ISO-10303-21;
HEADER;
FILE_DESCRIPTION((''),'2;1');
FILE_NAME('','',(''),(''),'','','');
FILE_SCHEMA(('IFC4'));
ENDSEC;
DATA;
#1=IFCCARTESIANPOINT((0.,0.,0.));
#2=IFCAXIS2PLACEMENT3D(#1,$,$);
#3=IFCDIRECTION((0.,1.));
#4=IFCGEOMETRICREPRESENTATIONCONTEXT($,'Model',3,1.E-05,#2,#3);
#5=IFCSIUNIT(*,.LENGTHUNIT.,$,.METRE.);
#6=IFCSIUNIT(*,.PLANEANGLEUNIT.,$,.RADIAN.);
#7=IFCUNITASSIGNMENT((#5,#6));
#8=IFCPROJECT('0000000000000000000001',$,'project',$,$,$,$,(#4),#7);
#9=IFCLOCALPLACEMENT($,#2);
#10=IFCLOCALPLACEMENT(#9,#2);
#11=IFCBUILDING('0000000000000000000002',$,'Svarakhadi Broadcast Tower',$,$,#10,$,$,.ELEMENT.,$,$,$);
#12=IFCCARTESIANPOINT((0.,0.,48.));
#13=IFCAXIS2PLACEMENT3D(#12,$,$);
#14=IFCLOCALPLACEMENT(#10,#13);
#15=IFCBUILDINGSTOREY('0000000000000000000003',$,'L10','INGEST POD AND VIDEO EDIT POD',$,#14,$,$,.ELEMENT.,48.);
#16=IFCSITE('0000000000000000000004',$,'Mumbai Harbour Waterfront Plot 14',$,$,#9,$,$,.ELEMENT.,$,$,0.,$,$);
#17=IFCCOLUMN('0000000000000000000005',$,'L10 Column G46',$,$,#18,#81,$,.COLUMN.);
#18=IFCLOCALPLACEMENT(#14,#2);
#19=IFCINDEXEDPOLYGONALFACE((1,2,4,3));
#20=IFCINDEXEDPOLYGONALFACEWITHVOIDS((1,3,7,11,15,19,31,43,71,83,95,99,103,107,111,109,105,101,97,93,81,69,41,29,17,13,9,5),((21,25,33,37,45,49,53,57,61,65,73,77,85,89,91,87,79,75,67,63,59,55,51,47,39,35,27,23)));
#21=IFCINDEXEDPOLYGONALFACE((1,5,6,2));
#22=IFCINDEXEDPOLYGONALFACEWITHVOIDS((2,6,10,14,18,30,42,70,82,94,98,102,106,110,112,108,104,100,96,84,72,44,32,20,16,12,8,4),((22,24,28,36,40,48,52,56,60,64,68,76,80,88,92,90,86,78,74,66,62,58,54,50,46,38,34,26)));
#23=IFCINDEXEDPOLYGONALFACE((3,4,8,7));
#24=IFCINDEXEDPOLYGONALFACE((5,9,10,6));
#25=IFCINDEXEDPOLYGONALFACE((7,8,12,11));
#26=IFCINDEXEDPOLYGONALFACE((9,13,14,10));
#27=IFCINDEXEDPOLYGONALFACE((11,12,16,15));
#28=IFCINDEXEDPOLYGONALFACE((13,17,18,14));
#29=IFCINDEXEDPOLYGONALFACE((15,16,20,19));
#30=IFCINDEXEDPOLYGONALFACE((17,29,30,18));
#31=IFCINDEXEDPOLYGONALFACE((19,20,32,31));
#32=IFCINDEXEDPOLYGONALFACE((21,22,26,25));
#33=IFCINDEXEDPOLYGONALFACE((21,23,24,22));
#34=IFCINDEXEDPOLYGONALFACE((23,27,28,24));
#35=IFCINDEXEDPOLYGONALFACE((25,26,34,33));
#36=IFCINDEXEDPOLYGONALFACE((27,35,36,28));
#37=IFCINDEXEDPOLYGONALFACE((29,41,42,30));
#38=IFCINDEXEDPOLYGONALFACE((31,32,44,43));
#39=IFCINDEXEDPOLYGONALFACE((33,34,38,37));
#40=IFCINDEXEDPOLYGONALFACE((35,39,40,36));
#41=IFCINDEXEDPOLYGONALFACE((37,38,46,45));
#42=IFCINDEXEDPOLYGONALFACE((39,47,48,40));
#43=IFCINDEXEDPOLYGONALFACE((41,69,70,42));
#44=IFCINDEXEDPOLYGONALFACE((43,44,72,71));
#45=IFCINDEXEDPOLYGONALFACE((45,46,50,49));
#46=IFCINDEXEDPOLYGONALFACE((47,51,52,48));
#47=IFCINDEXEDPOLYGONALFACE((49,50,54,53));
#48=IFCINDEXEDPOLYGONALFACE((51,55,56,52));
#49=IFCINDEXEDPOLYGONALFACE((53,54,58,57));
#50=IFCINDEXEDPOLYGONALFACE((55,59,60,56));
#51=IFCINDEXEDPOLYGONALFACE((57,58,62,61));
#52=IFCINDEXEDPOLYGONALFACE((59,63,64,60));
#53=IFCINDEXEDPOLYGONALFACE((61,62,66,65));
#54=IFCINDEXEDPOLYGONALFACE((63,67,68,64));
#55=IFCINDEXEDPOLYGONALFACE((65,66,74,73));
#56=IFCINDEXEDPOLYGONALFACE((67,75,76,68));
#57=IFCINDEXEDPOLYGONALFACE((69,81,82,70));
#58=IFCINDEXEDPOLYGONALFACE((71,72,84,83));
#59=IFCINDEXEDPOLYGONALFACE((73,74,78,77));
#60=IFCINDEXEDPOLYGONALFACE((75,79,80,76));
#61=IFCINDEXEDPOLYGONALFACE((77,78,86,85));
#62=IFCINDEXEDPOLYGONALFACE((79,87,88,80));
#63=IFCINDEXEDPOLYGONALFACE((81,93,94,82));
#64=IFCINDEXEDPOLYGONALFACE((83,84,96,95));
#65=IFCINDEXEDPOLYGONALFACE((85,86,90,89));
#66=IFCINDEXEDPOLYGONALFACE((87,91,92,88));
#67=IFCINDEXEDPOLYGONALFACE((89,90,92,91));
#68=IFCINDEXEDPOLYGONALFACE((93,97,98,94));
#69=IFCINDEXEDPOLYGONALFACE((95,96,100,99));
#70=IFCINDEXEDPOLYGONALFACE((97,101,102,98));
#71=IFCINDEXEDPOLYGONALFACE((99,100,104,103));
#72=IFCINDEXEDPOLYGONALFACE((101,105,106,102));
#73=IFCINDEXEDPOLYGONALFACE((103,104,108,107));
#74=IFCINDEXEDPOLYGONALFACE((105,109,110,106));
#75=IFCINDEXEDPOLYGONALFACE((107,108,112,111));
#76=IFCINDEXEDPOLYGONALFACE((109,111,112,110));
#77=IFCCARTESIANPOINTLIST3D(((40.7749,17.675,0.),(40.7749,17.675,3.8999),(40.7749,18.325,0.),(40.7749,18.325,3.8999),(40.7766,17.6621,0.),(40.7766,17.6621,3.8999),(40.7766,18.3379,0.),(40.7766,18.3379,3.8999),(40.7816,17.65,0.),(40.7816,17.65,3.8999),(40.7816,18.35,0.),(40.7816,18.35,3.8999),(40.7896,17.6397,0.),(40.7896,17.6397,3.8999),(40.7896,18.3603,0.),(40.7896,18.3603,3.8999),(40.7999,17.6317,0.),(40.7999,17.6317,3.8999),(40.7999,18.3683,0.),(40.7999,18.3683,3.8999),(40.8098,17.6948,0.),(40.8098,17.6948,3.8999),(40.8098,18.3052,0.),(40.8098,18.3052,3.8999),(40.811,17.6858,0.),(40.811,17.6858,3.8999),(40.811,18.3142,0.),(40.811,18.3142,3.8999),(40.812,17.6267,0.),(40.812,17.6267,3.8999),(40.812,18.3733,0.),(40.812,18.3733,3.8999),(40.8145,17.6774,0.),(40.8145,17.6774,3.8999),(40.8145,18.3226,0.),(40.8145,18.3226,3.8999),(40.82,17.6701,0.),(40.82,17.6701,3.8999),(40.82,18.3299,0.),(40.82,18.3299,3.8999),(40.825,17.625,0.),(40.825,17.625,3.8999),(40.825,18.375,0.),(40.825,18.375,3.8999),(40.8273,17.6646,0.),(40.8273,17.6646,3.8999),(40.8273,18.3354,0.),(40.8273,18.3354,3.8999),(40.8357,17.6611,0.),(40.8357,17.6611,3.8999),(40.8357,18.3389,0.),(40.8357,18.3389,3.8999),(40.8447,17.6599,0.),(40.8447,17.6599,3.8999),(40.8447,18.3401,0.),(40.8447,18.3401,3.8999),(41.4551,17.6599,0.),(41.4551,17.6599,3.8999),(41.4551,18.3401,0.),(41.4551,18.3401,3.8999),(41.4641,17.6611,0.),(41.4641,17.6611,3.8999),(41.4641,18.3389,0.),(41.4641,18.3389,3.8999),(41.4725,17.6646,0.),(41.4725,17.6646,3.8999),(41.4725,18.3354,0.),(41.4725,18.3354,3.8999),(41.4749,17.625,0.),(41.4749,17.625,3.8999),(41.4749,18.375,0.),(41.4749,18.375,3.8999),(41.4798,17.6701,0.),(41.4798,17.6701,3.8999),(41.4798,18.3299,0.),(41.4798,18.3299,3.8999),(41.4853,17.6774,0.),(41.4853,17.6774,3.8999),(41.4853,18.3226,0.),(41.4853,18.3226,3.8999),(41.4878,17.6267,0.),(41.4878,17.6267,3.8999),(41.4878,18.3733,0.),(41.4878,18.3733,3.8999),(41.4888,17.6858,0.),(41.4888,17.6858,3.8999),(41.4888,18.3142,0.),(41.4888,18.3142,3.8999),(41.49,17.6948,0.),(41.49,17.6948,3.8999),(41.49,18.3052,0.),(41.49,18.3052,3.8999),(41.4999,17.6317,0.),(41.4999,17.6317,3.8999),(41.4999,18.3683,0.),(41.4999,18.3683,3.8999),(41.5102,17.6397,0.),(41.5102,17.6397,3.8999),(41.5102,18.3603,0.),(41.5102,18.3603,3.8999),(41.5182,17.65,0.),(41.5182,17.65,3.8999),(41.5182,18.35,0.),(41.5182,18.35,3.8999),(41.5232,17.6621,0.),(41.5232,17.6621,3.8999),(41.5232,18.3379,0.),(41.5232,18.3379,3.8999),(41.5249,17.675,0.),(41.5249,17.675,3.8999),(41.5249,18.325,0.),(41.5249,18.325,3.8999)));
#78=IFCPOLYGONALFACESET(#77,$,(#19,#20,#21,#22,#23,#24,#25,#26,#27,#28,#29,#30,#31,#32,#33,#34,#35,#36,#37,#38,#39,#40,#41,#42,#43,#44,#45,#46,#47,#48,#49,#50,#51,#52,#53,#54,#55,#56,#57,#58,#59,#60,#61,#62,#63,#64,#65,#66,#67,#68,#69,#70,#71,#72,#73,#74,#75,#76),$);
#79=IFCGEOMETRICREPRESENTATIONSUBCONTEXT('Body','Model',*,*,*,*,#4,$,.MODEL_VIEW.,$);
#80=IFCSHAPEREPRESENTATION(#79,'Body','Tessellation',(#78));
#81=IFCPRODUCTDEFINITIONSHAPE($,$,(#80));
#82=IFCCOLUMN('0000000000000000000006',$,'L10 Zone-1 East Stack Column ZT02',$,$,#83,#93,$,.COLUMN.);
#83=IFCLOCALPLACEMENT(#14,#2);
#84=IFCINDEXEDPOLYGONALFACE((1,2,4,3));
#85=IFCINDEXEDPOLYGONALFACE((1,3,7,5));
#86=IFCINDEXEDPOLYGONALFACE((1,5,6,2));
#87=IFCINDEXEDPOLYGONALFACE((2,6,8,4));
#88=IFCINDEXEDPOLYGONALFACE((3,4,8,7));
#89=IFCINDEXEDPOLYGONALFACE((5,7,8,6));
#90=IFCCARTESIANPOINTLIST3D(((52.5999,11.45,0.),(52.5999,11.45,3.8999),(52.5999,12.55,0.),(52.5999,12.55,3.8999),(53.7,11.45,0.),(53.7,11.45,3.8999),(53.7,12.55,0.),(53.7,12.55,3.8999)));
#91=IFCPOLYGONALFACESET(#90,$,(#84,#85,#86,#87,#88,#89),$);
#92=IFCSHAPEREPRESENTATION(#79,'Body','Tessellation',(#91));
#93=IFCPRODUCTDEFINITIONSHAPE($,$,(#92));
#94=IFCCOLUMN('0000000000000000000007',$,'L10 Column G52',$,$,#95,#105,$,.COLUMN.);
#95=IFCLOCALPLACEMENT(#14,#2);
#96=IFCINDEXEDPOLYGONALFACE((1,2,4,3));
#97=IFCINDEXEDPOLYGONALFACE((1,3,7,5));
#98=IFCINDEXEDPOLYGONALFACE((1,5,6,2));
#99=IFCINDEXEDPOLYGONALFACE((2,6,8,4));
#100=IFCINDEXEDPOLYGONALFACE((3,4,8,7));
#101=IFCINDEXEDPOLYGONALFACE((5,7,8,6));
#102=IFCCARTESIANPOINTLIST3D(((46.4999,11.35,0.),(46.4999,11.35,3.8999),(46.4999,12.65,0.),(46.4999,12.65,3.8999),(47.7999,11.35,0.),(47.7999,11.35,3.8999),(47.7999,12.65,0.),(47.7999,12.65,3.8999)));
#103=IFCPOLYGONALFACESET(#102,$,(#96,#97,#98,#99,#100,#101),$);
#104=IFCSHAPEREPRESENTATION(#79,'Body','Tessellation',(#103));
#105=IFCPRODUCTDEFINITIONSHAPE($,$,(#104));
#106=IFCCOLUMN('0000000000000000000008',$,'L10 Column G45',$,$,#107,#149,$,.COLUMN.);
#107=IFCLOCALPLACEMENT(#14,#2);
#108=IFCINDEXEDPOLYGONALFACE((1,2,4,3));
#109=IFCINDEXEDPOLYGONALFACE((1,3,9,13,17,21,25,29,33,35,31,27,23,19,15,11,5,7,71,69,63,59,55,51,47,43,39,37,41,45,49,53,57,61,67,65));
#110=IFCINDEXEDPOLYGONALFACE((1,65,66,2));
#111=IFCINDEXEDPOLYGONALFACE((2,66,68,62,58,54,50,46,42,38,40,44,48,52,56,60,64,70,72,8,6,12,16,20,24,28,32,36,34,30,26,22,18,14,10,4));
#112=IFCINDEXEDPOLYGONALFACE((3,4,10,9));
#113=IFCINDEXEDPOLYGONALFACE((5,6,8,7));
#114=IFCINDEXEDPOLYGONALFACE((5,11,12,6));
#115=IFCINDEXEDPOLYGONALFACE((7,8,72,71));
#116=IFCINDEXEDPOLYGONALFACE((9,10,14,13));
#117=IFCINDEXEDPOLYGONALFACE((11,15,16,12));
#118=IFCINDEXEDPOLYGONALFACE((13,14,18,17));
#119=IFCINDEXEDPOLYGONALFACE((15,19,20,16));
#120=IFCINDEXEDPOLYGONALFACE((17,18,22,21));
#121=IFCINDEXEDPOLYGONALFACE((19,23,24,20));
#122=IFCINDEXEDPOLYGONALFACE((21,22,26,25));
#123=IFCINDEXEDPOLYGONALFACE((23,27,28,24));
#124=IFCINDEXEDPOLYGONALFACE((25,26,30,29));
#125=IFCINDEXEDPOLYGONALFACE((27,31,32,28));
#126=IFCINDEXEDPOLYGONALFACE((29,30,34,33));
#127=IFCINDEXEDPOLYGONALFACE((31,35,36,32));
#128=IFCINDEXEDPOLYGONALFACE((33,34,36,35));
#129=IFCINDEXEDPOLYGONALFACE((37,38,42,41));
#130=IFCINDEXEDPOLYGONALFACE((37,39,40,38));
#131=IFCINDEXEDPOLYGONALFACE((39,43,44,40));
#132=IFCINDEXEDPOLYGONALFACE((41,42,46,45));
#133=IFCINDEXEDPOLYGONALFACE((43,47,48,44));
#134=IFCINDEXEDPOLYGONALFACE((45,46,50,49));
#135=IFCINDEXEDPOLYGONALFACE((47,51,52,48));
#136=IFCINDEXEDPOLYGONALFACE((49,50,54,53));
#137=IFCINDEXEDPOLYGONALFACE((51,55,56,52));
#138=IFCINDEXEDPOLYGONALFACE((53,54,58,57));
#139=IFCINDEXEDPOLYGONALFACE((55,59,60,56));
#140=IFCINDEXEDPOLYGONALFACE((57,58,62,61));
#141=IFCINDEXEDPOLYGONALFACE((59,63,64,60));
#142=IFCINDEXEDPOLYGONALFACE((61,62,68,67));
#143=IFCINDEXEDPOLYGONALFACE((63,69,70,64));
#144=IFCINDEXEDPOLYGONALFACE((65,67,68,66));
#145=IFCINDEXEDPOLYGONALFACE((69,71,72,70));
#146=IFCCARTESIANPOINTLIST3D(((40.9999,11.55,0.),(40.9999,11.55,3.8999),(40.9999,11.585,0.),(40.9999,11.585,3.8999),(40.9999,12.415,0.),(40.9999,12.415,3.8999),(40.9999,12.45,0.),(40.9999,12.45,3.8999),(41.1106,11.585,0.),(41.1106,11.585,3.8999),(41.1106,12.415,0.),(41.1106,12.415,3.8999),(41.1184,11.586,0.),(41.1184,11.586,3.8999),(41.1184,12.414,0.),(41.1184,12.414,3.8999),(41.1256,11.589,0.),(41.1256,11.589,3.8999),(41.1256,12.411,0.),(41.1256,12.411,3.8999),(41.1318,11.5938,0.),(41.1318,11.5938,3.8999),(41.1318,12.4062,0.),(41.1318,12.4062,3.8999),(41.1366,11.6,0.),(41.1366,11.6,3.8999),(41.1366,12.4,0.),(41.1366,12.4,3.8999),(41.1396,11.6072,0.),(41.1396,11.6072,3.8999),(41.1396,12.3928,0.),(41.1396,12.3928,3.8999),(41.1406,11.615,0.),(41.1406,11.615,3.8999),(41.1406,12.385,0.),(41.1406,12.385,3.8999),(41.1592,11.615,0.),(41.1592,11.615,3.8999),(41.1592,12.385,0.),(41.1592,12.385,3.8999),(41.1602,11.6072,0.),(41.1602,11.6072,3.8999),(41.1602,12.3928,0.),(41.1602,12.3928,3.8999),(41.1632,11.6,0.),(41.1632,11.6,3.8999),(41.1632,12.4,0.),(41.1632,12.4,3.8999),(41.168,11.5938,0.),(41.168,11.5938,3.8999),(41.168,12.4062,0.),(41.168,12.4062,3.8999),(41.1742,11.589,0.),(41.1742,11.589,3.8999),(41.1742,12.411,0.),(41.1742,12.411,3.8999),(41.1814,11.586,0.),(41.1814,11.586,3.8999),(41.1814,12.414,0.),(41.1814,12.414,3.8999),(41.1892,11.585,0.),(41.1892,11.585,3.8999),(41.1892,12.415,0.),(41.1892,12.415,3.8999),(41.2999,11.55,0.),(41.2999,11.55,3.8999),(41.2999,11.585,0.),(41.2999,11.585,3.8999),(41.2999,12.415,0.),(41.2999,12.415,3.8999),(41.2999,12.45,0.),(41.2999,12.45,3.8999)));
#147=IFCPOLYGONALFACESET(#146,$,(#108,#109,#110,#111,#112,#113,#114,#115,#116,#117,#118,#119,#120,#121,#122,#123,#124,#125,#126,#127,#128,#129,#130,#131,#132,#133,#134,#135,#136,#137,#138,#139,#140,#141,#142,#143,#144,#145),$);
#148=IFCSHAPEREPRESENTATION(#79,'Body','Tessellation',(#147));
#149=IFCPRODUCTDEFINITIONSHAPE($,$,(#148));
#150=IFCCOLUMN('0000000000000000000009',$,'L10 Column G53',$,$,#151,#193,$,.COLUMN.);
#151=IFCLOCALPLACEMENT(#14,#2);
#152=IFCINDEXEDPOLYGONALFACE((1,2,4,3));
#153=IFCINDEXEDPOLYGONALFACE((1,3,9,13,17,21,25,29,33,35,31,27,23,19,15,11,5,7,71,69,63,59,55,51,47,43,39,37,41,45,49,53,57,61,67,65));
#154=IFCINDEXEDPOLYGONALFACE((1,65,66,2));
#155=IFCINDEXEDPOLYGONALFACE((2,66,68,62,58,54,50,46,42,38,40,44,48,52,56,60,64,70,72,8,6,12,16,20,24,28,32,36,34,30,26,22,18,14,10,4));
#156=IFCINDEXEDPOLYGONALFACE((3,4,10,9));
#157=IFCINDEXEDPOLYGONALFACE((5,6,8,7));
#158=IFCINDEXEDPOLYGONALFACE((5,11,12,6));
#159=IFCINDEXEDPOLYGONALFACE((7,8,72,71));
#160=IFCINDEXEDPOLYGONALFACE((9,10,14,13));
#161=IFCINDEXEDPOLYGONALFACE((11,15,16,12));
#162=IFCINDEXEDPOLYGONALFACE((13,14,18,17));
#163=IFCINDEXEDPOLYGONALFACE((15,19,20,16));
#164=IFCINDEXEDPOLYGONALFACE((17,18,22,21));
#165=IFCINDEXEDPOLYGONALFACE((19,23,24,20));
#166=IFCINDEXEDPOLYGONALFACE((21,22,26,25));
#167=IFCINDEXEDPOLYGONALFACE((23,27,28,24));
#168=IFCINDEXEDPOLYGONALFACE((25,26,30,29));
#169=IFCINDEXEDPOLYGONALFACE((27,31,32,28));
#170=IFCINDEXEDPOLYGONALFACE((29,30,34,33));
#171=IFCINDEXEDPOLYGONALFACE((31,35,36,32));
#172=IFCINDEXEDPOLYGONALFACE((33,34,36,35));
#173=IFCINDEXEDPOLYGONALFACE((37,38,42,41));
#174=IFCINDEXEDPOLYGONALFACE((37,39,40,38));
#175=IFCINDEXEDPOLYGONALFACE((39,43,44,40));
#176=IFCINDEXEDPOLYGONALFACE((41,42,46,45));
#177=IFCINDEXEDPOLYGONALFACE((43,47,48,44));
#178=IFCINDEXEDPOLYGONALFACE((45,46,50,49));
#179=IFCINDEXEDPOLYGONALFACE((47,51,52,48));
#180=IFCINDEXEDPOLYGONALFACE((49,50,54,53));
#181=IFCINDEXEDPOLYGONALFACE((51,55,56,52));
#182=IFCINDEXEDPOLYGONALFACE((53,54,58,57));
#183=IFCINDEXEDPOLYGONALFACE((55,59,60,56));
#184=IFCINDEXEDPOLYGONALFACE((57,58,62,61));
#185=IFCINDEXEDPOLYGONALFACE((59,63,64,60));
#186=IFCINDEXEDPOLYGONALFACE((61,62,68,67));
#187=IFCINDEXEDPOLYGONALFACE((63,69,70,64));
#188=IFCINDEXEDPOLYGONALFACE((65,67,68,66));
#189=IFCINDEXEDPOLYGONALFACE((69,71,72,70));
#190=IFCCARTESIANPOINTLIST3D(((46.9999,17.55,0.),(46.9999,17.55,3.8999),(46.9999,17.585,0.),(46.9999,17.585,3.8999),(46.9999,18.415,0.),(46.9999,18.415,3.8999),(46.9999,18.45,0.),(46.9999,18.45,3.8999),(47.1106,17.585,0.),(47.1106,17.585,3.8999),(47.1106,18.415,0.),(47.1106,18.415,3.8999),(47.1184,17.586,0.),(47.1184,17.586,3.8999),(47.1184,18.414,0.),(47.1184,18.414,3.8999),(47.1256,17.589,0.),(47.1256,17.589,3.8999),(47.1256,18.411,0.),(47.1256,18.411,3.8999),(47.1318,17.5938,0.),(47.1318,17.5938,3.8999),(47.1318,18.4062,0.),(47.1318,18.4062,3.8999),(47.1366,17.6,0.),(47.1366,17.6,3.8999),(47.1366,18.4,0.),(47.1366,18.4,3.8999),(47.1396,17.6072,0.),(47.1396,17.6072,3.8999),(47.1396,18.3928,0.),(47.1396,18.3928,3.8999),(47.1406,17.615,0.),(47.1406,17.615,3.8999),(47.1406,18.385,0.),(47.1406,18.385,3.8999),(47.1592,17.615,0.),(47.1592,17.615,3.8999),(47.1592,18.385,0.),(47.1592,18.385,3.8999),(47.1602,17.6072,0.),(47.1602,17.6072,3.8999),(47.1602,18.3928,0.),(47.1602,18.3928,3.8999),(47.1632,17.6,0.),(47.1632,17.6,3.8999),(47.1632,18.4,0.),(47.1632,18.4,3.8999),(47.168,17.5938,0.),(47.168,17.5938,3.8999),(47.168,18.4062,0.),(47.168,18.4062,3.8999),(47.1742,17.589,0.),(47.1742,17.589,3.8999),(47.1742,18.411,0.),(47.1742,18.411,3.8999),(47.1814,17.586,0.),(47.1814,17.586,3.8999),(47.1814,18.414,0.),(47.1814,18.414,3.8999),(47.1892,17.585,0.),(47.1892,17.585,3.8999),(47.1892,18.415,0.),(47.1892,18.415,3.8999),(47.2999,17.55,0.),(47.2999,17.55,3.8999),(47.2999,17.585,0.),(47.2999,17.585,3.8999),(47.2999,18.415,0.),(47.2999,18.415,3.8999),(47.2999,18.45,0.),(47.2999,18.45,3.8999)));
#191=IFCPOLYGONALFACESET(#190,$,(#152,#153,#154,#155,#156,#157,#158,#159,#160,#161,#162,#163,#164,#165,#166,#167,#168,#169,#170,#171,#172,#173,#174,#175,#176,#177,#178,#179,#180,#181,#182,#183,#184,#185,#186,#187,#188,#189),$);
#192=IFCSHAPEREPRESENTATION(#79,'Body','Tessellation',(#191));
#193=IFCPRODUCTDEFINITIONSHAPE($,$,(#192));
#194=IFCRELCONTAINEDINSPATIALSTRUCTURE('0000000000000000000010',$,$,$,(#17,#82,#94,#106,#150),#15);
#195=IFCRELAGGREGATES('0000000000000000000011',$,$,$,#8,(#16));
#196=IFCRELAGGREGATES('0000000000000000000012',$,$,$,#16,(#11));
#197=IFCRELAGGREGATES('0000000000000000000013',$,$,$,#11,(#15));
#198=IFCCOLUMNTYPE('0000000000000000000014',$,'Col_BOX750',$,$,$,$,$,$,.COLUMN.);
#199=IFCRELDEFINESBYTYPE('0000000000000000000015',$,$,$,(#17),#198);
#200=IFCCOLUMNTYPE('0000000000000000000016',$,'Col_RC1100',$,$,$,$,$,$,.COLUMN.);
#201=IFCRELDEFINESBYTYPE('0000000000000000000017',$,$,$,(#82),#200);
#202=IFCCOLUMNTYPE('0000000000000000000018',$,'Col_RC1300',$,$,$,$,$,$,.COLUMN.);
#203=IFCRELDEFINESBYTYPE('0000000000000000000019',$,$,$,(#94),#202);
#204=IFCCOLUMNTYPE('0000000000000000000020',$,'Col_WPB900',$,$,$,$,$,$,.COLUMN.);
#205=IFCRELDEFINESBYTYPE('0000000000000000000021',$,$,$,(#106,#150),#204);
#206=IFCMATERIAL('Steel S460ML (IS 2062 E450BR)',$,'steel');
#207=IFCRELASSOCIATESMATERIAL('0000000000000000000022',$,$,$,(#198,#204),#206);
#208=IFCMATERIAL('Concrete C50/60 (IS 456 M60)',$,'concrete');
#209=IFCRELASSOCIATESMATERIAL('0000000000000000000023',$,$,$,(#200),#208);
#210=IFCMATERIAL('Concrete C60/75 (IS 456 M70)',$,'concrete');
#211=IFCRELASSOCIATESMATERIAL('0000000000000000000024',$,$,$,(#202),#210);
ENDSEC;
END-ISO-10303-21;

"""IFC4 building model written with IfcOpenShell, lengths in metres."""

from ifc_helpers import new_model, si_unit, direction, frame, origin, origin_2d, place, context, subcontext, project, spatial, rectangle, hollow_rectangle, i_section, extrude, material, material_profile, profile_set, type_object, element, save


model = new_model("IFC4")

# Units and contexts
model_context = context("Model", 3, precision=1e-05, world=origin(), true_north=direction((0.0, 1.0)))
body_context = subcontext(model_context, "Body", "Model", "MODEL_VIEW")
ifc_project = project(units=[si_unit("LENGTHUNIT", "METRE"), si_unit("PLANEANGLEUNIT", "RADIAN")], contexts=[model_context])

# Site, building, storey
site_placement = place(None, origin())
site = spatial("IfcSite", under=ifc_project, at=site_placement, Name="Mumbai Harbour Waterfront Plot 14", CompositionType="ELEMENT", RefElevation=0.0)
building_placement = place(site_placement, origin())
building = spatial("IfcBuilding", under=site, at=building_placement, Name="Svarakhadi Broadcast Tower", CompositionType="ELEMENT")
storey_placement = place(building_placement, frame((0.0, 0.0, 48.0)))
storey = spatial("IfcBuildingStorey", under=building, at=storey_placement, Name="L10", Description="INGEST POD AND VIDEO EDIT POD", CompositionType="ELEMENT", Elevation=48.0)

# Columns
ifc_material_1 = material(Name="Steel S460ML (IS 2062 E450BR)", Category="steel")
ifc_material_profile_1 = material_profile(ifc_material_1, hollow_rectangle(XDim=0.75, YDim=0.75, WallThickness=0.0349, InnerFilletRadius=0.0349, OuterFilletRadius=0.05, at=origin_2d()), Name="BOX 750x750x35")
ifc_profile_set_1 = profile_set([ifc_material_profile_1], Name="Steel S460ML (IS 2062 E450BR)")
column_type_1 = type_object("IfcColumnType", Name="Col_BOX750", PredefinedType="COLUMN", material=ifc_profile_set_1)
column_1_placement = place(storey_placement, frame((41.1499, 18.0, 0.0), z_axis=(0.0, 0.0, 1.0), x_axis=(1.0, 0.0, 0.0)))
element("IfcColumn", 1, at=column_1_placement, inside=storey, type_object=column_type_1, Name="L10 Column G46", PredefinedType="COLUMN", context=body_context, shape_type="SweptSolid", body=[
    extrude(hollow_rectangle(XDim=0.75, YDim=0.75, WallThickness=0.0349, InnerFilletRadius=0.0349, OuterFilletRadius=0.05, at=origin_2d()), origin(), (0.0, 0.0, 1.0), 3.8999),
])
ifc_material_2 = material(Name="Concrete C50/60 (IS 456 M60)", Category="concrete")
ifc_material_profile_2 = material_profile(ifc_material_2, rectangle(XDim=1.1001, YDim=1.1001, at=origin_2d()), Name="RC 1100x1100")
ifc_profile_set_2 = profile_set([ifc_material_profile_2], Name="Concrete C50/60 (IS 456 M60)")
column_type_2 = type_object("IfcColumnType", Name="Col_RC1100", PredefinedType="COLUMN", material=ifc_profile_set_2)
column_2_placement = place(storey_placement, frame((53.1499, 12.0, 0.0), z_axis=(0.0, 0.0, 1.0), x_axis=(1.0, 0.0, 0.0)))
element("IfcColumn", 2, at=column_2_placement, inside=storey, type_object=column_type_2, Name="L10 Zone-1 East Stack Column ZT02", PredefinedType="COLUMN", context=body_context, shape_type="SweptSolid", body=[
    extrude(rectangle(XDim=1.1001, YDim=1.1001, at=origin_2d()), origin(), (0.0, 0.0, 1.0), 3.8999),
])
ifc_material_3 = material(Name="Concrete C60/75 (IS 456 M70)", Category="concrete")
ifc_material_profile_3 = material_profile(ifc_material_3, rectangle(XDim=1.3, YDim=1.3, at=origin_2d()), Name="RC 1300x1300")
ifc_profile_set_3 = profile_set([ifc_material_profile_3], Name="Concrete C60/75 (IS 456 M70)")
column_type_3 = type_object("IfcColumnType", Name="Col_RC1300", PredefinedType="COLUMN", material=ifc_profile_set_3)
column_3_placement = place(storey_placement, frame((47.1499, 12.0, 0.0), z_axis=(0.0, 0.0, 1.0), x_axis=(1.0, 0.0, 0.0)))
element("IfcColumn", 3, at=column_3_placement, inside=storey, type_object=column_type_3, Name="L10 Column G52", PredefinedType="COLUMN", context=body_context, shape_type="SweptSolid", body=[
    extrude(rectangle(XDim=1.3, YDim=1.3, at=origin_2d()), origin(), (0.0, 0.0, 1.0), 3.8999),
])
ifc_material_profile_4 = material_profile(ifc_material_1, i_section(OverallWidth=0.3, OverallDepth=0.8999, WebThickness=0.0186, FlangeThickness=0.0349, FilletRadius=0.03, at=origin_2d()), Name="WPB 900x300x291")
ifc_profile_set_4 = profile_set([ifc_material_profile_4], Name="Steel S460ML (IS 2062 E450BR)")
column_type_4 = type_object("IfcColumnType", Name="Col_WPB900", PredefinedType="COLUMN", material=ifc_profile_set_4)
for number, where, z_axis, x_axis, name in (
    (4, (41.1499, 12.0, 0.0), (0.0, 0.0, 1.0), (1.0, 0.0, 0.0), "L10 Column G45"),
    (5, (47.1499, 18.0, 0.0), (0.0, 0.0, 1.0), (1.0, 0.0, 0.0), "L10 Column G53"),
):
    element("IfcColumn", number, at=place(storey_placement, frame(where, z_axis=z_axis, x_axis=x_axis)), inside=storey, type_object=column_type_4, Name=name, PredefinedType="COLUMN", context=body_context, shape_type="SweptSolid", body=[
        extrude(i_section(OverallWidth=0.3, OverallDepth=0.8999, WebThickness=0.0186, FlangeThickness=0.0349, FilletRadius=0.03, at=origin_2d()), origin(), (0.0, 0.0, 1.0), 3.8999),
    ])

save(model, "model.ifc")
